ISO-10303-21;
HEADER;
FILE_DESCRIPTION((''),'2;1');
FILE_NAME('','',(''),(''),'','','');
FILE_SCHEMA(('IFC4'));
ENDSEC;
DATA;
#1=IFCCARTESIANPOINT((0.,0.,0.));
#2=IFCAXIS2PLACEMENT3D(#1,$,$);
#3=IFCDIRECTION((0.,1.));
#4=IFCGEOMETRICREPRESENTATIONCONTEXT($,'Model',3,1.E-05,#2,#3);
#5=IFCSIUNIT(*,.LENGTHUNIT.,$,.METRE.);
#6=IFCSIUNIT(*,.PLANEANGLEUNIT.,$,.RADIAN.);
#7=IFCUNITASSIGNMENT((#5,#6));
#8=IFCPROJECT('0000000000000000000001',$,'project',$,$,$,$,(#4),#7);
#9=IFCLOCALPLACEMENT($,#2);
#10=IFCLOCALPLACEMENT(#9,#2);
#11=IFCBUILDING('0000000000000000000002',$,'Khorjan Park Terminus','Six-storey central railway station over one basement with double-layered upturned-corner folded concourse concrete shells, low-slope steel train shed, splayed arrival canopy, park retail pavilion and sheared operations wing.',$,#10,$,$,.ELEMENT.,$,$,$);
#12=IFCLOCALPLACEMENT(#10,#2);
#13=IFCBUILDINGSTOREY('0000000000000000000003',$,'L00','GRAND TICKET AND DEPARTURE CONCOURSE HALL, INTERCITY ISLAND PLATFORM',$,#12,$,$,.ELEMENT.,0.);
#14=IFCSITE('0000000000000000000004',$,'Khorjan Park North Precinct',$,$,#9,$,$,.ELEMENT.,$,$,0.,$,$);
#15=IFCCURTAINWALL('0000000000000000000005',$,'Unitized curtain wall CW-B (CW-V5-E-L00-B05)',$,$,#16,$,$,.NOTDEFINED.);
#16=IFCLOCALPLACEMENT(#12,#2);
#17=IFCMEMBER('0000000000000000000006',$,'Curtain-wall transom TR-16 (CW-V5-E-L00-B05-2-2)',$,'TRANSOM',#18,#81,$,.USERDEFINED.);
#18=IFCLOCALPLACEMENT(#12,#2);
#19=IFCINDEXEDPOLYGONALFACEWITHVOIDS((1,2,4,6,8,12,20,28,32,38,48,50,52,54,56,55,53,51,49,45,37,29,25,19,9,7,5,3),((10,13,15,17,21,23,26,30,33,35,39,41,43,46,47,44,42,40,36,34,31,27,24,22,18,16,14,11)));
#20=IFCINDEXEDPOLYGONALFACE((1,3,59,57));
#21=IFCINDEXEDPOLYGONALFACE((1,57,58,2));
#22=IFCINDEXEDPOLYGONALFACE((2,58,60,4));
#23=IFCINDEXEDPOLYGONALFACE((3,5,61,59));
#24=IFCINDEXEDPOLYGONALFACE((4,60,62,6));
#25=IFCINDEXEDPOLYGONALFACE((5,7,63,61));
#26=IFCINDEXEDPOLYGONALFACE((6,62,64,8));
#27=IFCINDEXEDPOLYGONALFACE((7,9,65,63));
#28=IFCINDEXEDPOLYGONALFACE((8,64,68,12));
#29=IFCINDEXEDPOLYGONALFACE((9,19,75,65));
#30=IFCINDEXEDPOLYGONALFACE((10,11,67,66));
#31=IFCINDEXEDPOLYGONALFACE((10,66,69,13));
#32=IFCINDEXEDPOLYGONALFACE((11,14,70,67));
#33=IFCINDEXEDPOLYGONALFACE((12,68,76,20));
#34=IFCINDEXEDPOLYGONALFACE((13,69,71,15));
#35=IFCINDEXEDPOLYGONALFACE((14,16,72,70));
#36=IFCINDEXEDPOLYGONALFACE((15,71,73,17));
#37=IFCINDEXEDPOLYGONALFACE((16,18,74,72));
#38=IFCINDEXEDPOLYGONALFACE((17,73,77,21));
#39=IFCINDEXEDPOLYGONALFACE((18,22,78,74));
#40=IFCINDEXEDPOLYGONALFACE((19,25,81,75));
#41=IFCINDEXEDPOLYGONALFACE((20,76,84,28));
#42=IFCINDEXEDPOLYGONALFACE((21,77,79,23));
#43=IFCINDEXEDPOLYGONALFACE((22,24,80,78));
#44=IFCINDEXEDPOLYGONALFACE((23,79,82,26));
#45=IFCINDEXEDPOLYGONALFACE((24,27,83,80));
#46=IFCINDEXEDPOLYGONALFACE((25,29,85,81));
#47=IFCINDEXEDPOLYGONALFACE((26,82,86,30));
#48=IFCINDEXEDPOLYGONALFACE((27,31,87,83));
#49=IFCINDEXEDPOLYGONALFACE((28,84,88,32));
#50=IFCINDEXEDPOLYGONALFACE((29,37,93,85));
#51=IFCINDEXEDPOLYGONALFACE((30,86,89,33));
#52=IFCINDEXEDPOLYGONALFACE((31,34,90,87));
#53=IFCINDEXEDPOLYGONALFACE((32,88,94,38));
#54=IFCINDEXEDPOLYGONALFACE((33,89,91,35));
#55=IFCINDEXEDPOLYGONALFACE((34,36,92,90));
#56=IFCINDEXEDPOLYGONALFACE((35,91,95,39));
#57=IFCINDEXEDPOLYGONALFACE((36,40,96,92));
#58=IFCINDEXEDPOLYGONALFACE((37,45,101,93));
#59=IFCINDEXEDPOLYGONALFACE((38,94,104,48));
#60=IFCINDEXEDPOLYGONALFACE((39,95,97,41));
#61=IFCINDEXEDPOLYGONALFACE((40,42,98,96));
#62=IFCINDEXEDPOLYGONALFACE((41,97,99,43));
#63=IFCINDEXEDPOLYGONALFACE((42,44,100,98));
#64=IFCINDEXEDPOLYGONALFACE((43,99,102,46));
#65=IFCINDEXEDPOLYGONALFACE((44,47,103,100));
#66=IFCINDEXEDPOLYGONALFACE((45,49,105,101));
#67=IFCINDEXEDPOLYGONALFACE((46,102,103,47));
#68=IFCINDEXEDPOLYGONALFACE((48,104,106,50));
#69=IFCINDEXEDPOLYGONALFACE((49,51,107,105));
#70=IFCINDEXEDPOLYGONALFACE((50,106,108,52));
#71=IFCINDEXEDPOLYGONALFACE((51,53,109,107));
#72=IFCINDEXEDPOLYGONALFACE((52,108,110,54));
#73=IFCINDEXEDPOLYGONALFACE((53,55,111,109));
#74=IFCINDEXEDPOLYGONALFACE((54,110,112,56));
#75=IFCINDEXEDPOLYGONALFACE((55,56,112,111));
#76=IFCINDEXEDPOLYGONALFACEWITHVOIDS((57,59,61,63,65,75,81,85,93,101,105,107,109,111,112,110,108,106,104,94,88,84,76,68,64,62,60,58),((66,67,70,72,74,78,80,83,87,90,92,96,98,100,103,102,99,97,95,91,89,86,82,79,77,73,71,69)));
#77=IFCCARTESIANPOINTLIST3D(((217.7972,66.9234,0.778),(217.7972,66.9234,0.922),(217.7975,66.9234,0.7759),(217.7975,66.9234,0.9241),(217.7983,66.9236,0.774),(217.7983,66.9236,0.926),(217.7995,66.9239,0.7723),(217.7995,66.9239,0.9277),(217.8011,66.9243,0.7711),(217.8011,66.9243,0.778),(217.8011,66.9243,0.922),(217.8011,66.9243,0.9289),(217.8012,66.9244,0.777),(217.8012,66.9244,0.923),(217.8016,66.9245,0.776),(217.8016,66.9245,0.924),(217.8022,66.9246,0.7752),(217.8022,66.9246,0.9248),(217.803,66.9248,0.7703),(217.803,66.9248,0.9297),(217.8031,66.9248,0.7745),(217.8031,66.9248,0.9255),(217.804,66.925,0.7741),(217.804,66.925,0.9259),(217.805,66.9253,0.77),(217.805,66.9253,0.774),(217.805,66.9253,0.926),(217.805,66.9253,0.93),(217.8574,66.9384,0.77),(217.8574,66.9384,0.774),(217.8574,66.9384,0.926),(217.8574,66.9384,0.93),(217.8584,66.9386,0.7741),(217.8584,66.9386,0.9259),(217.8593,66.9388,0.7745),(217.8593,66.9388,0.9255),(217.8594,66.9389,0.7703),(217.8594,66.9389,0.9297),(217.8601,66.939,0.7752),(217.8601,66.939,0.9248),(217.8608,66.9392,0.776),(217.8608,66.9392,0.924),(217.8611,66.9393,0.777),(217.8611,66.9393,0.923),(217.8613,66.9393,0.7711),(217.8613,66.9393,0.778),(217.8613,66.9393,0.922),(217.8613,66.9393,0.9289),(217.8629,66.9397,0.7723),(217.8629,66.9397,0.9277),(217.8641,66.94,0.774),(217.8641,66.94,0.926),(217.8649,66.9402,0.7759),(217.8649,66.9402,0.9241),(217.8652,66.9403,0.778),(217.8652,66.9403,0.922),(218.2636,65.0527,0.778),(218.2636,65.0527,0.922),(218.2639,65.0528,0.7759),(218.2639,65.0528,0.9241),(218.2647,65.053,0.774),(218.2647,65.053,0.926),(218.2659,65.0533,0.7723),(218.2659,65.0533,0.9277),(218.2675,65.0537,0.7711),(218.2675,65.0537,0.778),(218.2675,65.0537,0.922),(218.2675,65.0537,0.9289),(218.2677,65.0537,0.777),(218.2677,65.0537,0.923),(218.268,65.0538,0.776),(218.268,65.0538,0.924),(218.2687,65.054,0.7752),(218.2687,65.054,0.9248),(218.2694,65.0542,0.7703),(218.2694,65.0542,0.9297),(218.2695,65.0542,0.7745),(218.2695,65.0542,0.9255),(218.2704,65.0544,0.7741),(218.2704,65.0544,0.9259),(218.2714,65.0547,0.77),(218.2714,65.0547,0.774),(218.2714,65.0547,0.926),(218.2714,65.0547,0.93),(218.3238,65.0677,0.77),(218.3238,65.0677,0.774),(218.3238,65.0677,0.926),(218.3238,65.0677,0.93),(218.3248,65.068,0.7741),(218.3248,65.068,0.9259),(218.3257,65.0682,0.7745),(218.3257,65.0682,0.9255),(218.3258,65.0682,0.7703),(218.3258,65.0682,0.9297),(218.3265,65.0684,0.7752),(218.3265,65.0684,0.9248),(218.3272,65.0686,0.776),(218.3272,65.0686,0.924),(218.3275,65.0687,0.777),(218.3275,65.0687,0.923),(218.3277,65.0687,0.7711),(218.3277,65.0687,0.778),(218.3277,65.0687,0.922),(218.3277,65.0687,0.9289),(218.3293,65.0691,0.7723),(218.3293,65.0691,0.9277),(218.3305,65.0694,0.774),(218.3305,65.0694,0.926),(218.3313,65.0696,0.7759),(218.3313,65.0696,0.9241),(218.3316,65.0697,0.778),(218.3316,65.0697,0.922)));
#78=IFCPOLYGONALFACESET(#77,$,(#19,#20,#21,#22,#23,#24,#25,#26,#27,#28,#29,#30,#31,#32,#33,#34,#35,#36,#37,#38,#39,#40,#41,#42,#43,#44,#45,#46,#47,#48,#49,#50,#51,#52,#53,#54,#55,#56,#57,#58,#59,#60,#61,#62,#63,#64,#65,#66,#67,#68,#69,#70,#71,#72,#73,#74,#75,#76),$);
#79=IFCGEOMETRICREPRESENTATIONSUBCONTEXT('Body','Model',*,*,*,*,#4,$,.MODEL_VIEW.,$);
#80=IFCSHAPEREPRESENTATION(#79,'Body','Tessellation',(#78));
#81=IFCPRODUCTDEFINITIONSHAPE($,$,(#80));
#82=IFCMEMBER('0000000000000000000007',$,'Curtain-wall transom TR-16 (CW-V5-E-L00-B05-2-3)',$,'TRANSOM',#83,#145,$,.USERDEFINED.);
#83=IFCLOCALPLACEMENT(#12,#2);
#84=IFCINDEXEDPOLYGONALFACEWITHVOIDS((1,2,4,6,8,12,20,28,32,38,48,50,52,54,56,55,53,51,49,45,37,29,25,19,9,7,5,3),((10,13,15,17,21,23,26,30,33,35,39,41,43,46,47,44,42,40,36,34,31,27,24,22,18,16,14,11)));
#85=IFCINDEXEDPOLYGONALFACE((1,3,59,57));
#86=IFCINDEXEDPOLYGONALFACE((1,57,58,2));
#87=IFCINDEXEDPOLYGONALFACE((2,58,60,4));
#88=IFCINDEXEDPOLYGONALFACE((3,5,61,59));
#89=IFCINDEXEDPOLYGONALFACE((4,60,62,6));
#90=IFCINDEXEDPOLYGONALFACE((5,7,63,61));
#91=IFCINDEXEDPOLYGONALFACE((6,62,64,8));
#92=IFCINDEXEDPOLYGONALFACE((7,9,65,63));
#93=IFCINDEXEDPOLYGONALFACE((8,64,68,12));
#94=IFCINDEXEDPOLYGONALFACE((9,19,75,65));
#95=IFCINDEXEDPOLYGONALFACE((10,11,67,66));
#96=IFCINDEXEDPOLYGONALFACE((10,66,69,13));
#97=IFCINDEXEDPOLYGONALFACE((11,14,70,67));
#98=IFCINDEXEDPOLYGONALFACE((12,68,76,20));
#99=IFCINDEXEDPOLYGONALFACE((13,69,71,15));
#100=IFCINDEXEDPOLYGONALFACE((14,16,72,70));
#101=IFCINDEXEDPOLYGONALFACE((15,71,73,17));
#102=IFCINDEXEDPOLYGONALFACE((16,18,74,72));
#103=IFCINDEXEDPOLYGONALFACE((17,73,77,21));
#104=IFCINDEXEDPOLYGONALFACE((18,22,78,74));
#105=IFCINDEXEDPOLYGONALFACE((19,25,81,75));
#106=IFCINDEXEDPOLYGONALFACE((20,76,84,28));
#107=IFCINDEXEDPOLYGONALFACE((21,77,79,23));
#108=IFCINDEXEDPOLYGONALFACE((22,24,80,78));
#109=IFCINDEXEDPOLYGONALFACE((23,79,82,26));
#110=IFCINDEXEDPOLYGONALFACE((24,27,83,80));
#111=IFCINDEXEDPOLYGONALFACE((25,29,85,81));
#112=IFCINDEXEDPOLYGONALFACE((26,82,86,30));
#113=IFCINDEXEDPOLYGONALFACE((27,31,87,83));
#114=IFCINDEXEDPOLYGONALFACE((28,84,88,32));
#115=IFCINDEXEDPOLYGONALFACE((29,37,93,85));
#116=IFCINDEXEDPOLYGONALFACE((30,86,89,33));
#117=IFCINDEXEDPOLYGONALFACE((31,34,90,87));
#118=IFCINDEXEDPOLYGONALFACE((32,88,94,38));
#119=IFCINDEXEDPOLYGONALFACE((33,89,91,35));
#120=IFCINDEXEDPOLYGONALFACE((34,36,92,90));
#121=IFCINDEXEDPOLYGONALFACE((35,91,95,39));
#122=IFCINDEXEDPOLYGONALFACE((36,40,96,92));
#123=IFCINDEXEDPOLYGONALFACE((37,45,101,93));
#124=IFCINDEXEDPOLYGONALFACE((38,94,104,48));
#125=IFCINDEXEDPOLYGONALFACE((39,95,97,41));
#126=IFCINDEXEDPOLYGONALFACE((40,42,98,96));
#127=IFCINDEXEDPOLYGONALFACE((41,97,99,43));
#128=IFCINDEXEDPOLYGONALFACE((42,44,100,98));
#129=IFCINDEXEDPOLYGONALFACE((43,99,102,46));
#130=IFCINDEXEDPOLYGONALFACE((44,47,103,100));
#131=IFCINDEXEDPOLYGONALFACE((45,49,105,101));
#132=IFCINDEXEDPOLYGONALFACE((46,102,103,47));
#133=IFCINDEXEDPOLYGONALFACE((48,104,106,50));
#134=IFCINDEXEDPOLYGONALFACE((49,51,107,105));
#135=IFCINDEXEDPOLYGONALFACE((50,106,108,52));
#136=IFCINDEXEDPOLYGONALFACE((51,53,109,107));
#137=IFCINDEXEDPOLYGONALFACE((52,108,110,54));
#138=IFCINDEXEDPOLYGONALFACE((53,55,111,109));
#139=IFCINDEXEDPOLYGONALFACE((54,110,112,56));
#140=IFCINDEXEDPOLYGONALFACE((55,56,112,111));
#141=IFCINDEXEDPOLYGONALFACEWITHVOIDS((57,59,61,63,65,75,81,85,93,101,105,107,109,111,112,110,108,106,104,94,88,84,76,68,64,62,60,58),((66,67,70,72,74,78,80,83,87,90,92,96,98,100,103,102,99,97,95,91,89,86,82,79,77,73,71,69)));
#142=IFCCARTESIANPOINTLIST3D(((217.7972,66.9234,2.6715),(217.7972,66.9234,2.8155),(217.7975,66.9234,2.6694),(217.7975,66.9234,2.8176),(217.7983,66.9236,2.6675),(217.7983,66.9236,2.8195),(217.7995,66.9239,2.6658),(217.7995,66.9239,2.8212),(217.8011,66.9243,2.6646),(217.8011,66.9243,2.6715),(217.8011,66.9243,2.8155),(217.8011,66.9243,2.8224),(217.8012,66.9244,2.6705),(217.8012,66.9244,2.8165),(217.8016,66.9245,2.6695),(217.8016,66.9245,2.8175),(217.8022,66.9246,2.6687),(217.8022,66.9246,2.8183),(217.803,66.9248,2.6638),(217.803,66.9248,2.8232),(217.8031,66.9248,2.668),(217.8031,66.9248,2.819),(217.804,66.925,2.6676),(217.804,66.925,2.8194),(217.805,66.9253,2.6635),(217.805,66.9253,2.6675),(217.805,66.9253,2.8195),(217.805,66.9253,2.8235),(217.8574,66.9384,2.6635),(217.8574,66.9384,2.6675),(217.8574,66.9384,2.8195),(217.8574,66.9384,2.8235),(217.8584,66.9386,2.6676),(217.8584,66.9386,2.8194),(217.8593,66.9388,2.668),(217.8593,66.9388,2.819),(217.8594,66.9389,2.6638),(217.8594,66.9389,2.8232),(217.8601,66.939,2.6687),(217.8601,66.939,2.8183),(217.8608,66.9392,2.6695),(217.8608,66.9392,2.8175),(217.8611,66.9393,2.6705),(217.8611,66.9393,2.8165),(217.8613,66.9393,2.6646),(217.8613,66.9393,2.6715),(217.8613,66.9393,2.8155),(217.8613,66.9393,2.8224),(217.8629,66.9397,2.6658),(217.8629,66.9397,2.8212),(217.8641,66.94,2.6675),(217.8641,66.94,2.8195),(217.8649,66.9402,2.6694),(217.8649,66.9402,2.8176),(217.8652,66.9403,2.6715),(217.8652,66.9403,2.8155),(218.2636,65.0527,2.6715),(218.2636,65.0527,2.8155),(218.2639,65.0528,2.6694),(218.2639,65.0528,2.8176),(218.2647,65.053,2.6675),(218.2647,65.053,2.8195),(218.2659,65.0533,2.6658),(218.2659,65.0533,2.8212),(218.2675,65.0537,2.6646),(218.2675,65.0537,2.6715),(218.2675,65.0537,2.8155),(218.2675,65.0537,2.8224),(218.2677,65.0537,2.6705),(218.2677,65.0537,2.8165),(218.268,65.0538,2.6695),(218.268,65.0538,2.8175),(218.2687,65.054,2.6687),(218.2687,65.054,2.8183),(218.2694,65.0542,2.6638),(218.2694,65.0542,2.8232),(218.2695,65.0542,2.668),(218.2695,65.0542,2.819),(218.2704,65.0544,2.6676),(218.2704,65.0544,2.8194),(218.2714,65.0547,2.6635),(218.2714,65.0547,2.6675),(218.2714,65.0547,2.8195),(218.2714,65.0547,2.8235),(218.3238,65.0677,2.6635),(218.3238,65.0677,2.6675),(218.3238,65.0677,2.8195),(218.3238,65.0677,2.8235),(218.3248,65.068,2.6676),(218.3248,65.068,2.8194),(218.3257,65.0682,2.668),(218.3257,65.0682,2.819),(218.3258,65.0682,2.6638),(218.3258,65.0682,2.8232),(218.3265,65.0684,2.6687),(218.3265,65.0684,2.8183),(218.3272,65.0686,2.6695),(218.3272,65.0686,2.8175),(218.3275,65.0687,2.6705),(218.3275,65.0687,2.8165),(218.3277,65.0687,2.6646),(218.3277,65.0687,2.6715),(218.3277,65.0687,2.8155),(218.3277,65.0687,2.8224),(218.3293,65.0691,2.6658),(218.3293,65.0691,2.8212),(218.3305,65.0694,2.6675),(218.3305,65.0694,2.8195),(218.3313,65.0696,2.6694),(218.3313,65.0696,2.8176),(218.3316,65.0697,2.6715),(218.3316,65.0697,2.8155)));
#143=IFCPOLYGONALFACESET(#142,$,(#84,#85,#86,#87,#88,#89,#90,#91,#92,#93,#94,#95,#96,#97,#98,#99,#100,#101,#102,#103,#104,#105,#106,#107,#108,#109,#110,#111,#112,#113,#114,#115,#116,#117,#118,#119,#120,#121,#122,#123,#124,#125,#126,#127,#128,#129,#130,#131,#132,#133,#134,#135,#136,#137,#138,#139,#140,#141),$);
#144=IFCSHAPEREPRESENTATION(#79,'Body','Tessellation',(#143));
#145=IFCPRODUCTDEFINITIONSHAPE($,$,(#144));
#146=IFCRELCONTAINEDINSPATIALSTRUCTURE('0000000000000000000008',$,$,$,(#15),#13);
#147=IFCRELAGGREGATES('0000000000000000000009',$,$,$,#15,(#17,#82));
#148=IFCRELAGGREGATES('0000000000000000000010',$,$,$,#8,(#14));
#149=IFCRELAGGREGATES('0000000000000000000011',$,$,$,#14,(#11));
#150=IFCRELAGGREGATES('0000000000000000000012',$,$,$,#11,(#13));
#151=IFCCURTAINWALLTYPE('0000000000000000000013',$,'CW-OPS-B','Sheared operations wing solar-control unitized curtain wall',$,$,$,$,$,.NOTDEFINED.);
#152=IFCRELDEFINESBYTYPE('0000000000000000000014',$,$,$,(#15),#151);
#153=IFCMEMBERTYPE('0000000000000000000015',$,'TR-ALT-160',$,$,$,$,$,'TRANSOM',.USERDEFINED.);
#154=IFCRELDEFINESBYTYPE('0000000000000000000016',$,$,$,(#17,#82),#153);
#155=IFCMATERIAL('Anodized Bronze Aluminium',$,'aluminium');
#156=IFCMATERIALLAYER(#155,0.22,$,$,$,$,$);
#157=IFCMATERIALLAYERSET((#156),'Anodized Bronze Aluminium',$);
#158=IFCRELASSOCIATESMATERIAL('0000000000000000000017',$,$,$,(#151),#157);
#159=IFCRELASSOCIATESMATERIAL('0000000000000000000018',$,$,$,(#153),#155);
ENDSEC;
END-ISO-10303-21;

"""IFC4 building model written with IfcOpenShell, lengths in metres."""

from ifc_helpers import new_model, si_unit, direction, frame, origin, origin_2d, place, context, subcontext, project, spatial, hollow_rectangle, extrude, material, layer, layer_set, material_profile, profile_set, type_object, element, aggregate, save


model = new_model("IFC4")

# Units and contexts
model_context = context("Model", 3, precision=1e-05, world=origin(), true_north=direction((0.0, 1.0)))
body_context = subcontext(model_context, "Body", "Model", "MODEL_VIEW")
ifc_project = project(units=[si_unit("LENGTHUNIT", "METRE"), si_unit("PLANEANGLEUNIT", "RADIAN")], contexts=[model_context])

# Site, building, storey
site_placement = place(None, origin())
site = spatial("IfcSite", under=ifc_project, at=site_placement, Name="Khorjan Park North Precinct", CompositionType="ELEMENT", RefElevation=0.0)
building_placement = place(site_placement, origin())
building = spatial("IfcBuilding", under=site, at=building_placement, Name="Khorjan Park Terminus", Description="Six-storey central railway station over one basement with double-layered upturned-corner folded concourse concrete shells, low-slope steel train shed, splayed arrival canopy, park retail pavilion and sheared operations wing.", CompositionType="ELEMENT")
storey_placement = place(building_placement, origin())
storey = spatial("IfcBuildingStorey", under=building, at=storey_placement, Name="L00", Description="GRAND TICKET AND DEPARTURE CONCOURSE HALL, INTERCITY ISLAND PLATFORM", CompositionType="ELEMENT", Elevation=0.0)

# Curtain wall, members
ifc_material_1 = material(Name="Anodized Bronze Aluminium", Category="aluminium")
ifc_layer_1 = layer(ifc_material_1, 0.22)
ifc_layer_set_1 = layer_set([ifc_layer_1], Name="Anodized Bronze Aluminium")
curtain_wall_type = type_object("IfcCurtainWallType", Name="CW-OPS-B", Description="Sheared operations wing solar-control unitized curtain wall", PredefinedType="NOTDEFINED", material=ifc_layer_set_1)
curtain_wall_placement = place(storey_placement, origin())
curtain_wall = element("IfcCurtainWall", 1, at=curtain_wall_placement, inside=storey, type_object=curtain_wall_type, Name="Unitized curtain wall CW-B (CW-V5-E-L00-B05)", PredefinedType="NOTDEFINED")
ifc_material_profile_1 = material_profile(ifc_material_1, hollow_rectangle(XDim=0.07, YDim=0.16, WallThickness=0.004, InnerFilletRadius=0.004, OuterFilletRadius=0.008, at=origin_2d()), Name="ALT 70x160x4")
ifc_profile_set_1 = profile_set([ifc_material_profile_1], Name="Anodized Bronze Aluminium")
member_type_1 = type_object("IfcMemberType", Name="TR-ALT-160", ElementType="TRANSOM", PredefinedType="USERDEFINED", material=ifc_profile_set_1)
member_1_placement = place(storey_placement, frame((218.2976, 65.0612, 0.85), z_axis=(-0.241925, 0.970295, 0.0), x_axis=(-0.970295, -0.241925, 0.0)))
member_1 = element("IfcMember", 2, at=member_1_placement, type_object=member_type_1, Name="Curtain-wall transom TR-16 (CW-V5-E-L00-B05-2-2)", ObjectType="TRANSOM", PredefinedType="USERDEFINED", context=body_context, shape_type="SweptSolid", body=[
    extrude(hollow_rectangle(XDim=0.07, YDim=0.16, WallThickness=0.004, InnerFilletRadius=0.004, OuterFilletRadius=0.008, at=origin_2d()), origin(), (0.0, 0.0, 1.0), 1.9279),
])
member_2_placement = place(storey_placement, frame((218.2976, 65.0612, 2.7435), z_axis=(-0.241925, 0.970295, 0.0), x_axis=(-0.970295, -0.241925, 0.0)))
member_2 = element("IfcMember", 3, at=member_2_placement, type_object=member_type_1, Name="Curtain-wall transom TR-16 (CW-V5-E-L00-B05-2-3)", ObjectType="TRANSOM", PredefinedType="USERDEFINED", context=body_context, shape_type="SweptSolid", body=[
    extrude(hollow_rectangle(XDim=0.07, YDim=0.16, WallThickness=0.004, InnerFilletRadius=0.004, OuterFilletRadius=0.008, at=origin_2d()), origin(), (0.0, 0.0, 1.0), 1.9279),
])
aggregate(curtain_wall, [member_1, member_2])

save(model, "model.ifc")
